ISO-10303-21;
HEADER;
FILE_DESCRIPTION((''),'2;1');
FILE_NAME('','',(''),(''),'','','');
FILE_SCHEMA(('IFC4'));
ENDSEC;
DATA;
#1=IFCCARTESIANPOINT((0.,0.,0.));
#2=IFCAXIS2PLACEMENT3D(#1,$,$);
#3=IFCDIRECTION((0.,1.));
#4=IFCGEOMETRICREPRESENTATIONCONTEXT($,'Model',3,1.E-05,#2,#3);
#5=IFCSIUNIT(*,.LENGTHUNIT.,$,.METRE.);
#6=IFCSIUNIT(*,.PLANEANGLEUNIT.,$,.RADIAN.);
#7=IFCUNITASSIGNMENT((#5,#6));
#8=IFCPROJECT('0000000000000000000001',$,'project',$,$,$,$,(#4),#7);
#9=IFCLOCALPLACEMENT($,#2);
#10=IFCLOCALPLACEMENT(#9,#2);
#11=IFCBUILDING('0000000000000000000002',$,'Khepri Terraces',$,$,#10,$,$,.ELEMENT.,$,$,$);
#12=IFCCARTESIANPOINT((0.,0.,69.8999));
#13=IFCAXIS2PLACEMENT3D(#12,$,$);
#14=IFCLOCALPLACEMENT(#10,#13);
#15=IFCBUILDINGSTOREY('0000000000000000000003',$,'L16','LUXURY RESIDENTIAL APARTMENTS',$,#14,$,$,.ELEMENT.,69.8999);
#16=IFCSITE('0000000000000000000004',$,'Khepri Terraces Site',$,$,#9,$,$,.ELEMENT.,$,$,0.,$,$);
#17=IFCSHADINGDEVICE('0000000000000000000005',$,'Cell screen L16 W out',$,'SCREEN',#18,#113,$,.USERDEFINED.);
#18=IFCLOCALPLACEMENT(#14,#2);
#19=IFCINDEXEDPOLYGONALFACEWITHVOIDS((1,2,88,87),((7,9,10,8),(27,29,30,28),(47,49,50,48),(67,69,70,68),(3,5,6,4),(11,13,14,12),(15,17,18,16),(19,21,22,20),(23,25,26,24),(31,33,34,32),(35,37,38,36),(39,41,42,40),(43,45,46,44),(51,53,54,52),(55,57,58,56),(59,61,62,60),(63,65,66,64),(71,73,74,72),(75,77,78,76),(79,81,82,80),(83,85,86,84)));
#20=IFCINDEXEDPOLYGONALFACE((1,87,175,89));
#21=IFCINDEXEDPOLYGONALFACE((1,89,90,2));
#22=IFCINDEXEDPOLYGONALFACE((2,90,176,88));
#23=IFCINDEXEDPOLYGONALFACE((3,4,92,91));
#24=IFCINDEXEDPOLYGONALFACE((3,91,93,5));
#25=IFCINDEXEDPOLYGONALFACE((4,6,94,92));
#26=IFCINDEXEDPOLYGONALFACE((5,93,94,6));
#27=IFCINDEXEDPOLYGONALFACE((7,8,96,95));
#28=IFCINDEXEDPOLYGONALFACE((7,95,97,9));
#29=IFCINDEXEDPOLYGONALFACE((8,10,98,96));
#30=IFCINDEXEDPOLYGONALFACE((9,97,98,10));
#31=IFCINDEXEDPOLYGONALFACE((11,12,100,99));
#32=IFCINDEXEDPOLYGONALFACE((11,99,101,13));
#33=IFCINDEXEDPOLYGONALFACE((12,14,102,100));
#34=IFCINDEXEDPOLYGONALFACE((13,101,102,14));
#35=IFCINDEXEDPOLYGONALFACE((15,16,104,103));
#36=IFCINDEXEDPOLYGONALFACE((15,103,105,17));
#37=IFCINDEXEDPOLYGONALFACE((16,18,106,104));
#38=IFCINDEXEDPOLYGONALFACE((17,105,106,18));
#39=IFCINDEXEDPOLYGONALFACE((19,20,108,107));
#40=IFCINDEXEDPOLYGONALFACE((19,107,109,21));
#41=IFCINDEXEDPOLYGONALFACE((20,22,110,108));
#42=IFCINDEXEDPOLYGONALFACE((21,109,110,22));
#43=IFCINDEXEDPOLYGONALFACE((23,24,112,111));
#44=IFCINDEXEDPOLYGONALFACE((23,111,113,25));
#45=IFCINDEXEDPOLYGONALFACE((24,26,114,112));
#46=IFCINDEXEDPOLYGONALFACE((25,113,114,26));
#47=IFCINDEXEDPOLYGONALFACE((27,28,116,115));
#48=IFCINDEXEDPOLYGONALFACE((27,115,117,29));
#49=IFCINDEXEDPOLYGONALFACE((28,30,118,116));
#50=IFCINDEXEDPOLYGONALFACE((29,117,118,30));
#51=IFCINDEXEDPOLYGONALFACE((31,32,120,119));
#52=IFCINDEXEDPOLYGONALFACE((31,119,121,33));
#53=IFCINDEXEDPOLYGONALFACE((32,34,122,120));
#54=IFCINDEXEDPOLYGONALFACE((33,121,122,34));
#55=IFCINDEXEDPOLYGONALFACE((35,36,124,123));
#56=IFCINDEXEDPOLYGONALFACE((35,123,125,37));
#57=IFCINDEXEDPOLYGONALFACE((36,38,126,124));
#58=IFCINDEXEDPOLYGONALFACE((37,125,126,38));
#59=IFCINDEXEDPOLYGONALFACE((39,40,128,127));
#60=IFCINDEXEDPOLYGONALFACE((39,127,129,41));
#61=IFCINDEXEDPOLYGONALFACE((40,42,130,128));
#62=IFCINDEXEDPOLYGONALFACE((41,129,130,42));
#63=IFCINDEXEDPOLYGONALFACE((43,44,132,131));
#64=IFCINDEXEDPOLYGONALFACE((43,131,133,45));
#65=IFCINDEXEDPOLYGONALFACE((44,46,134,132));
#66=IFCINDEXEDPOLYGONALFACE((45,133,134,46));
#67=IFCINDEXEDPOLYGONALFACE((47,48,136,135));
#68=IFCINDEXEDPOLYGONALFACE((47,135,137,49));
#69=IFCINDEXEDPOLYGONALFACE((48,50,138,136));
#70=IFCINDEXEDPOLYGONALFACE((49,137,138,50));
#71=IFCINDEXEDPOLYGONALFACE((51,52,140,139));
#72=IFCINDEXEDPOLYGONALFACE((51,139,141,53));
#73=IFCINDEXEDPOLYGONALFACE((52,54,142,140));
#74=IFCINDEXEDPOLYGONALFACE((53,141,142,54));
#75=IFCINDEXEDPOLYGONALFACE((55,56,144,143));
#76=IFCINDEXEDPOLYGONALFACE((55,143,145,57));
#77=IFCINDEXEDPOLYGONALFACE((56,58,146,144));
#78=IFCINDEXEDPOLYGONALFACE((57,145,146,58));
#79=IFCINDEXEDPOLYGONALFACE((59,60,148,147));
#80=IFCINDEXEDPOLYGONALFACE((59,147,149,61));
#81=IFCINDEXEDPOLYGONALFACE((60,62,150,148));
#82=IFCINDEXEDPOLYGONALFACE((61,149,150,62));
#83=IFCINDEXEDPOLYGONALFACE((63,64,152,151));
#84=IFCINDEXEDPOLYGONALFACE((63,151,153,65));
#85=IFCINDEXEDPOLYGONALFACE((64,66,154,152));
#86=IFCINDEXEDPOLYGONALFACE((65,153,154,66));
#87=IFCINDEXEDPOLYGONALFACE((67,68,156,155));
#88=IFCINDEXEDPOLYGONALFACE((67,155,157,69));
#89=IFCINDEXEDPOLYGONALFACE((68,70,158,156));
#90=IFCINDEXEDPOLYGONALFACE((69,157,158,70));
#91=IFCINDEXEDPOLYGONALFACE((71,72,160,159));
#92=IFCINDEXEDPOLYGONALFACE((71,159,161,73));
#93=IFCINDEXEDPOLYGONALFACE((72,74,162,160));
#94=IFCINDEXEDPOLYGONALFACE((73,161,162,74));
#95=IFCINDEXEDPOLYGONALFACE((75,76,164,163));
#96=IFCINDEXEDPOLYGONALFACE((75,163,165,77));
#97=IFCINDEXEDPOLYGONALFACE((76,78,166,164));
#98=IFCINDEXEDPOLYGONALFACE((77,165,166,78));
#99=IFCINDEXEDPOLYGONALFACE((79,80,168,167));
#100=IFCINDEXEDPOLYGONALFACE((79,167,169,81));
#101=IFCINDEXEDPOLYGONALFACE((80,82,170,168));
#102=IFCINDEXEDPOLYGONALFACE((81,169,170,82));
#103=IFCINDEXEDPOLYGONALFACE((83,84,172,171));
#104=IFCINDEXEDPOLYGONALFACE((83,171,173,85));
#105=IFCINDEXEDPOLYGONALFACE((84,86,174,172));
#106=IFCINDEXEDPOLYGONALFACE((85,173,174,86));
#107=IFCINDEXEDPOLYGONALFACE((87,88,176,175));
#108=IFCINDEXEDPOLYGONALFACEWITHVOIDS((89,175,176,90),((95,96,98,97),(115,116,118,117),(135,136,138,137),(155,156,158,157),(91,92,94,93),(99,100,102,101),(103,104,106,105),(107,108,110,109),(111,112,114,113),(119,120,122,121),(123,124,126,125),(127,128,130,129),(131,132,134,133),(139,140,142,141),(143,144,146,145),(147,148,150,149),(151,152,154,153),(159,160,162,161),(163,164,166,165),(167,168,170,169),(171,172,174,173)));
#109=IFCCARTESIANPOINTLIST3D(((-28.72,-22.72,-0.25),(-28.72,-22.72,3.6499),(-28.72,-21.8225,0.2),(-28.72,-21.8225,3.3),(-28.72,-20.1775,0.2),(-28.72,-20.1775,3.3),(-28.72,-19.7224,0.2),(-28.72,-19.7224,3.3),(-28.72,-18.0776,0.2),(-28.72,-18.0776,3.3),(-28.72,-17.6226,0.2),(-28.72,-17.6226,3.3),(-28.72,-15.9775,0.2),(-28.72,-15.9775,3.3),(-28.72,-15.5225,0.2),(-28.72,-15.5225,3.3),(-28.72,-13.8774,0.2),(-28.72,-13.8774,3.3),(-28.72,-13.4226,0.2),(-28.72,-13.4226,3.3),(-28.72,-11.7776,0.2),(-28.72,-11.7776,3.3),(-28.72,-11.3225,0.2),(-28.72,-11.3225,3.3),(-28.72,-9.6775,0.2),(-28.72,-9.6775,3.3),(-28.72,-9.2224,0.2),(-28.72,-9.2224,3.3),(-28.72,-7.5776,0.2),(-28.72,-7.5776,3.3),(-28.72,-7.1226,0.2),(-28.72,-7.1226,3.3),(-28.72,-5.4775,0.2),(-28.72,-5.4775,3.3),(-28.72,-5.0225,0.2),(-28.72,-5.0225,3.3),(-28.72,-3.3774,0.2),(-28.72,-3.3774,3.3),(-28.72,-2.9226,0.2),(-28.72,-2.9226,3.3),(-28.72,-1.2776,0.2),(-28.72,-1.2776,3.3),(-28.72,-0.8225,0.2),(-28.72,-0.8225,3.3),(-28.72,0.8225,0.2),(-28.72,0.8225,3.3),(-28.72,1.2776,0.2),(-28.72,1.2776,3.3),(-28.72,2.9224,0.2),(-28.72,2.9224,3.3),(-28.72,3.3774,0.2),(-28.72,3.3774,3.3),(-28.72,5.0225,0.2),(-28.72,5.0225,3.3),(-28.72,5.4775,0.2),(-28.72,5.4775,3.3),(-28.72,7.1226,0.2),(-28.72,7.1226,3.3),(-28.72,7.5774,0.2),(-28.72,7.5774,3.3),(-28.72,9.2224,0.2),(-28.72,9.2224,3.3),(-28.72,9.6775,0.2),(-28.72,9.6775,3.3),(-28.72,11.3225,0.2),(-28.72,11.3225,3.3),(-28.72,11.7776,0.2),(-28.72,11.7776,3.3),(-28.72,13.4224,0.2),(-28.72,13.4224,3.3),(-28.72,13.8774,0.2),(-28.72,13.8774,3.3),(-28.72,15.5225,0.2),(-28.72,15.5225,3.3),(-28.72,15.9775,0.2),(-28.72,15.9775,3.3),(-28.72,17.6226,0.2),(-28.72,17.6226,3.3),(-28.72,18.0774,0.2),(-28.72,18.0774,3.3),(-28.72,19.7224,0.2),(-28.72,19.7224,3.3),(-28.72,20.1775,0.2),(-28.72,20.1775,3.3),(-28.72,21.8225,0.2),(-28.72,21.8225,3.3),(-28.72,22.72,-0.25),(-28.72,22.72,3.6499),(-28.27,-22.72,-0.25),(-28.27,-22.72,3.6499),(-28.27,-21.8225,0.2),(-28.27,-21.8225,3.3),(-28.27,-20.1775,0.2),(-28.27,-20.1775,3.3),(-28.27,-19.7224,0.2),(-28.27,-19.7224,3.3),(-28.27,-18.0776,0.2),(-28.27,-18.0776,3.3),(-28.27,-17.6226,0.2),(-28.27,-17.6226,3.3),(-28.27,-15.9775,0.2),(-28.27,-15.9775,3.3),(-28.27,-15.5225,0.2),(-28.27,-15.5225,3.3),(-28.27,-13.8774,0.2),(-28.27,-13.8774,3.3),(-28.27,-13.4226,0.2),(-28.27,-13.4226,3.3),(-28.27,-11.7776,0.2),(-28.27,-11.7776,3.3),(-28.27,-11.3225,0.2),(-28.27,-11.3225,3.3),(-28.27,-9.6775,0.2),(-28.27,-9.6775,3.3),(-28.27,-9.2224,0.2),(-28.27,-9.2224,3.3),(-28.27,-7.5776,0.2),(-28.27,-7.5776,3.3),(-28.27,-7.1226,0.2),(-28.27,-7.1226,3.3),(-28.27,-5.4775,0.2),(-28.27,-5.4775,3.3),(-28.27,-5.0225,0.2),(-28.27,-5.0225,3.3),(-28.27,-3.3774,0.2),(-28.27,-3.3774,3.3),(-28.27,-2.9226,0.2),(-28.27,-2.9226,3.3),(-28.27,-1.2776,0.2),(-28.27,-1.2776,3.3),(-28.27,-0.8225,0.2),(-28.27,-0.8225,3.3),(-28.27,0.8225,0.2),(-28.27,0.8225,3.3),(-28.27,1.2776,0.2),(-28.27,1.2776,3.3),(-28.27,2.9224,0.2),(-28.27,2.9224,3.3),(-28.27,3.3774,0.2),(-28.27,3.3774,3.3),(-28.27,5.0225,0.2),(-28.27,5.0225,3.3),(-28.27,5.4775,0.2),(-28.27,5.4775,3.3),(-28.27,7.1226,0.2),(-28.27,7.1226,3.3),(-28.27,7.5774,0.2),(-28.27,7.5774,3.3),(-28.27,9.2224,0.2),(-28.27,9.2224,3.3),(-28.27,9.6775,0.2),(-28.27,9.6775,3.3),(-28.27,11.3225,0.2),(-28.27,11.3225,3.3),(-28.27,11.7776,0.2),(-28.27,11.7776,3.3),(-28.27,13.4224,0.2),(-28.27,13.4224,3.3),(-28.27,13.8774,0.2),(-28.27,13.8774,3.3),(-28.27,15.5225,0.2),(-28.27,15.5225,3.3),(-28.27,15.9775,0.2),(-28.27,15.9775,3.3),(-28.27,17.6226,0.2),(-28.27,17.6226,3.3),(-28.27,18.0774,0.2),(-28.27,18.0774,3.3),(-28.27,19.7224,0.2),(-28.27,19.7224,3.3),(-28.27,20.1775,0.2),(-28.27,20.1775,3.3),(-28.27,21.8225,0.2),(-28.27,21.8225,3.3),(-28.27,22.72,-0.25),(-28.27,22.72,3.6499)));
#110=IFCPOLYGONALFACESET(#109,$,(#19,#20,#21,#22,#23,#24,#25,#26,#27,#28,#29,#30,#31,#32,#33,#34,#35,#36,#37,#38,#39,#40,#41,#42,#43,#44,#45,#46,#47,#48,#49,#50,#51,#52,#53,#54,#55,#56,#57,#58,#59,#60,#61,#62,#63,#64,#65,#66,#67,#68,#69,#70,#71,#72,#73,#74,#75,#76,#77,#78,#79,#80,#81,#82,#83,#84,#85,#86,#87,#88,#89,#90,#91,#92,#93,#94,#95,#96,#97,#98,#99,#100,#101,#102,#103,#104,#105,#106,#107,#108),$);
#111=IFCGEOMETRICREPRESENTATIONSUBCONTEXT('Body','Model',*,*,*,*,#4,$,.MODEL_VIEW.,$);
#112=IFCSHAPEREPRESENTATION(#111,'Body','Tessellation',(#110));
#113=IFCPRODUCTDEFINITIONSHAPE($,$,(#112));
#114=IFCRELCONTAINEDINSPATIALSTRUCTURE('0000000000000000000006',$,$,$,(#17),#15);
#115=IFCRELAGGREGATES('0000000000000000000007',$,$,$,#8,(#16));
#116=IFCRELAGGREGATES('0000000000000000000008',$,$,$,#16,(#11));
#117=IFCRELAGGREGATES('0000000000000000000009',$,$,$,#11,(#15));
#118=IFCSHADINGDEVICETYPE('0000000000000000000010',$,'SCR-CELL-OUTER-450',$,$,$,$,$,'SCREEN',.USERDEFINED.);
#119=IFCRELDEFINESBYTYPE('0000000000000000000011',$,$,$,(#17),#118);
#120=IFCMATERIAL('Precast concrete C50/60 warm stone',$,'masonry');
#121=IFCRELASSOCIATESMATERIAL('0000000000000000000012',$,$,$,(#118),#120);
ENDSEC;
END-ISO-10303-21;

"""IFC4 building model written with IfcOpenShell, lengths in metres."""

from ifc_helpers import new_model, si_unit, direction, frame, origin, place, context, subcontext, project, spatial, polyline, outline, extrude, material, type_object, element, save


model = new_model("IFC4")

# Units and contexts
model_context = context("Model", 3, precision=1e-05, world=origin(), true_north=direction((0.0, 1.0)))
body_context = subcontext(model_context, "Body", "Model", "MODEL_VIEW")
ifc_project = project(units=[si_unit("LENGTHUNIT", "METRE"), si_unit("PLANEANGLEUNIT", "RADIAN")], contexts=[model_context])

# Site, building, storey
site_placement = place(None, origin())
site = spatial("IfcSite", under=ifc_project, at=site_placement, Name="Khepri Terraces Site", CompositionType="ELEMENT", RefElevation=0.0)
building_placement = place(site_placement, origin())
building = spatial("IfcBuilding", under=site, at=building_placement, Name="Khepri Terraces", CompositionType="ELEMENT")
storey_placement = place(building_placement, frame((0.0, 0.0, 69.8999)))
storey = spatial("IfcBuildingStorey", under=building, at=storey_placement, Name="L16", Description="LUXURY RESIDENTIAL APARTMENTS", CompositionType="ELEMENT", Elevation=69.8999)

# Shared definitions
ifc_material_1 = material(Name="Precast concrete C50/60 warm stone", Category="masonry")

# Shading device
shading_device_type_1 = type_object("IfcShadingDeviceType", Name="SCR-CELL-OUTER-450", ElementType="SCREEN", PredefinedType="USERDEFINED", material=ifc_material_1)
shading_device_1_placement = place(storey_placement, frame((-28.27, 22.72, -0.25), z_axis=(-1.0, 0.0, 0.0), x_axis=(0.0, -1.0, 0.0)))
element("IfcShadingDevice", 1, at=shading_device_1_placement, inside=storey, type_object=shading_device_type_1, Name="Cell screen L16 W out", ObjectType="SCREEN", PredefinedType="USERDEFINED", context=body_context, shape_type="SweptSolid", body=[
    extrude(outline(polyline([(0.0, 0.0), (45.4399, 0.0), (45.4399, 3.8999), (0.0, 3.8999), (0.0, 0.0)]), holes=[polyline([(0.8975, 0.45), (2.5425, 0.45), (2.5425, 3.55), (0.8975, 3.55), (0.8975, 0.45)]), polyline([(2.9976, 0.45), (4.6426, 0.45), (4.6426, 3.55), (2.9976, 3.55), (2.9976, 0.45)]), polyline([(5.0974, 0.45), (6.7424, 0.45), (6.7424, 3.55), (5.0974, 3.55), (5.0974, 0.45)]), polyline([(7.1975, 0.45), (8.8425, 0.45), (8.8425, 3.55), (7.1975, 3.55), (7.1975, 0.45)]), polyline([(9.2976, 0.45), (10.9424, 0.45), (10.9424, 3.55), (9.2976, 3.55), (9.2976, 0.45)]), polyline([(11.3975, 0.45), (13.0425, 0.45), (13.0425, 3.55), (11.3975, 3.55), (11.3975, 0.45)]), polyline([(13.4976, 0.45), (15.1426, 0.45), (15.1426, 3.55), (13.4976, 3.55), (13.4976, 0.45)]), polyline([(15.5974, 0.45), (17.2424, 0.45), (17.2424, 3.55), (15.5974, 3.55), (15.5974, 0.45)]), polyline([(17.6975, 0.45), (19.3425, 0.45), (19.3425, 3.55), (17.6975, 3.55), (17.6975, 0.45)]), polyline([(19.7976, 0.45), (21.4424, 0.45), (21.4424, 3.55), (19.7976, 3.55), (19.7976, 0.45)]), polyline([(21.8975, 0.45), (23.5425, 0.45), (23.5425, 3.55), (21.8975, 3.55), (21.8975, 0.45)]), polyline([(23.9976, 0.45), (25.6426, 0.45), (25.6426, 3.55), (23.9976, 3.55), (23.9976, 0.45)]), polyline([(26.0974, 0.45), (27.7424, 0.45), (27.7424, 3.55), (26.0974, 3.55), (26.0974, 0.45)]), polyline([(28.1975, 0.45), (29.8425, 0.45), (29.8425, 3.55), (28.1975, 3.55), (28.1975, 0.45)]), polyline([(30.2976, 0.45), (31.9424, 0.45), (31.9424, 3.55), (30.2976, 3.55), (30.2976, 0.45)]), polyline([(32.3975, 0.45), (34.0425, 0.45), (34.0425, 3.55), (32.3975, 3.55), (32.3975, 0.45)]), polyline([(34.4976, 0.45), (36.1426, 0.45), (36.1426, 3.55), (34.4976, 3.55), (34.4976, 0.45)]), polyline([(36.5974, 0.45), (38.2424, 0.45), (38.2424, 3.55), (36.5974, 3.55), (36.5974, 0.45)]), polyline([(38.6975, 0.45), (40.3425, 0.45), (40.3425, 3.55), (38.6975, 3.55), (38.6975, 0.45)]), polyline([(40.7976, 0.45), (42.4424, 0.45), (42.4424, 3.55), (40.7976, 3.55), (40.7976, 0.45)]), polyline([(42.8975, 0.45), (44.5425, 0.45), (44.5425, 3.55), (42.8975, 3.55), (42.8975, 0.45)])]), origin(), (0.0, 0.0, 1.0), 0.45),
])

save(model, "model.ifc")
